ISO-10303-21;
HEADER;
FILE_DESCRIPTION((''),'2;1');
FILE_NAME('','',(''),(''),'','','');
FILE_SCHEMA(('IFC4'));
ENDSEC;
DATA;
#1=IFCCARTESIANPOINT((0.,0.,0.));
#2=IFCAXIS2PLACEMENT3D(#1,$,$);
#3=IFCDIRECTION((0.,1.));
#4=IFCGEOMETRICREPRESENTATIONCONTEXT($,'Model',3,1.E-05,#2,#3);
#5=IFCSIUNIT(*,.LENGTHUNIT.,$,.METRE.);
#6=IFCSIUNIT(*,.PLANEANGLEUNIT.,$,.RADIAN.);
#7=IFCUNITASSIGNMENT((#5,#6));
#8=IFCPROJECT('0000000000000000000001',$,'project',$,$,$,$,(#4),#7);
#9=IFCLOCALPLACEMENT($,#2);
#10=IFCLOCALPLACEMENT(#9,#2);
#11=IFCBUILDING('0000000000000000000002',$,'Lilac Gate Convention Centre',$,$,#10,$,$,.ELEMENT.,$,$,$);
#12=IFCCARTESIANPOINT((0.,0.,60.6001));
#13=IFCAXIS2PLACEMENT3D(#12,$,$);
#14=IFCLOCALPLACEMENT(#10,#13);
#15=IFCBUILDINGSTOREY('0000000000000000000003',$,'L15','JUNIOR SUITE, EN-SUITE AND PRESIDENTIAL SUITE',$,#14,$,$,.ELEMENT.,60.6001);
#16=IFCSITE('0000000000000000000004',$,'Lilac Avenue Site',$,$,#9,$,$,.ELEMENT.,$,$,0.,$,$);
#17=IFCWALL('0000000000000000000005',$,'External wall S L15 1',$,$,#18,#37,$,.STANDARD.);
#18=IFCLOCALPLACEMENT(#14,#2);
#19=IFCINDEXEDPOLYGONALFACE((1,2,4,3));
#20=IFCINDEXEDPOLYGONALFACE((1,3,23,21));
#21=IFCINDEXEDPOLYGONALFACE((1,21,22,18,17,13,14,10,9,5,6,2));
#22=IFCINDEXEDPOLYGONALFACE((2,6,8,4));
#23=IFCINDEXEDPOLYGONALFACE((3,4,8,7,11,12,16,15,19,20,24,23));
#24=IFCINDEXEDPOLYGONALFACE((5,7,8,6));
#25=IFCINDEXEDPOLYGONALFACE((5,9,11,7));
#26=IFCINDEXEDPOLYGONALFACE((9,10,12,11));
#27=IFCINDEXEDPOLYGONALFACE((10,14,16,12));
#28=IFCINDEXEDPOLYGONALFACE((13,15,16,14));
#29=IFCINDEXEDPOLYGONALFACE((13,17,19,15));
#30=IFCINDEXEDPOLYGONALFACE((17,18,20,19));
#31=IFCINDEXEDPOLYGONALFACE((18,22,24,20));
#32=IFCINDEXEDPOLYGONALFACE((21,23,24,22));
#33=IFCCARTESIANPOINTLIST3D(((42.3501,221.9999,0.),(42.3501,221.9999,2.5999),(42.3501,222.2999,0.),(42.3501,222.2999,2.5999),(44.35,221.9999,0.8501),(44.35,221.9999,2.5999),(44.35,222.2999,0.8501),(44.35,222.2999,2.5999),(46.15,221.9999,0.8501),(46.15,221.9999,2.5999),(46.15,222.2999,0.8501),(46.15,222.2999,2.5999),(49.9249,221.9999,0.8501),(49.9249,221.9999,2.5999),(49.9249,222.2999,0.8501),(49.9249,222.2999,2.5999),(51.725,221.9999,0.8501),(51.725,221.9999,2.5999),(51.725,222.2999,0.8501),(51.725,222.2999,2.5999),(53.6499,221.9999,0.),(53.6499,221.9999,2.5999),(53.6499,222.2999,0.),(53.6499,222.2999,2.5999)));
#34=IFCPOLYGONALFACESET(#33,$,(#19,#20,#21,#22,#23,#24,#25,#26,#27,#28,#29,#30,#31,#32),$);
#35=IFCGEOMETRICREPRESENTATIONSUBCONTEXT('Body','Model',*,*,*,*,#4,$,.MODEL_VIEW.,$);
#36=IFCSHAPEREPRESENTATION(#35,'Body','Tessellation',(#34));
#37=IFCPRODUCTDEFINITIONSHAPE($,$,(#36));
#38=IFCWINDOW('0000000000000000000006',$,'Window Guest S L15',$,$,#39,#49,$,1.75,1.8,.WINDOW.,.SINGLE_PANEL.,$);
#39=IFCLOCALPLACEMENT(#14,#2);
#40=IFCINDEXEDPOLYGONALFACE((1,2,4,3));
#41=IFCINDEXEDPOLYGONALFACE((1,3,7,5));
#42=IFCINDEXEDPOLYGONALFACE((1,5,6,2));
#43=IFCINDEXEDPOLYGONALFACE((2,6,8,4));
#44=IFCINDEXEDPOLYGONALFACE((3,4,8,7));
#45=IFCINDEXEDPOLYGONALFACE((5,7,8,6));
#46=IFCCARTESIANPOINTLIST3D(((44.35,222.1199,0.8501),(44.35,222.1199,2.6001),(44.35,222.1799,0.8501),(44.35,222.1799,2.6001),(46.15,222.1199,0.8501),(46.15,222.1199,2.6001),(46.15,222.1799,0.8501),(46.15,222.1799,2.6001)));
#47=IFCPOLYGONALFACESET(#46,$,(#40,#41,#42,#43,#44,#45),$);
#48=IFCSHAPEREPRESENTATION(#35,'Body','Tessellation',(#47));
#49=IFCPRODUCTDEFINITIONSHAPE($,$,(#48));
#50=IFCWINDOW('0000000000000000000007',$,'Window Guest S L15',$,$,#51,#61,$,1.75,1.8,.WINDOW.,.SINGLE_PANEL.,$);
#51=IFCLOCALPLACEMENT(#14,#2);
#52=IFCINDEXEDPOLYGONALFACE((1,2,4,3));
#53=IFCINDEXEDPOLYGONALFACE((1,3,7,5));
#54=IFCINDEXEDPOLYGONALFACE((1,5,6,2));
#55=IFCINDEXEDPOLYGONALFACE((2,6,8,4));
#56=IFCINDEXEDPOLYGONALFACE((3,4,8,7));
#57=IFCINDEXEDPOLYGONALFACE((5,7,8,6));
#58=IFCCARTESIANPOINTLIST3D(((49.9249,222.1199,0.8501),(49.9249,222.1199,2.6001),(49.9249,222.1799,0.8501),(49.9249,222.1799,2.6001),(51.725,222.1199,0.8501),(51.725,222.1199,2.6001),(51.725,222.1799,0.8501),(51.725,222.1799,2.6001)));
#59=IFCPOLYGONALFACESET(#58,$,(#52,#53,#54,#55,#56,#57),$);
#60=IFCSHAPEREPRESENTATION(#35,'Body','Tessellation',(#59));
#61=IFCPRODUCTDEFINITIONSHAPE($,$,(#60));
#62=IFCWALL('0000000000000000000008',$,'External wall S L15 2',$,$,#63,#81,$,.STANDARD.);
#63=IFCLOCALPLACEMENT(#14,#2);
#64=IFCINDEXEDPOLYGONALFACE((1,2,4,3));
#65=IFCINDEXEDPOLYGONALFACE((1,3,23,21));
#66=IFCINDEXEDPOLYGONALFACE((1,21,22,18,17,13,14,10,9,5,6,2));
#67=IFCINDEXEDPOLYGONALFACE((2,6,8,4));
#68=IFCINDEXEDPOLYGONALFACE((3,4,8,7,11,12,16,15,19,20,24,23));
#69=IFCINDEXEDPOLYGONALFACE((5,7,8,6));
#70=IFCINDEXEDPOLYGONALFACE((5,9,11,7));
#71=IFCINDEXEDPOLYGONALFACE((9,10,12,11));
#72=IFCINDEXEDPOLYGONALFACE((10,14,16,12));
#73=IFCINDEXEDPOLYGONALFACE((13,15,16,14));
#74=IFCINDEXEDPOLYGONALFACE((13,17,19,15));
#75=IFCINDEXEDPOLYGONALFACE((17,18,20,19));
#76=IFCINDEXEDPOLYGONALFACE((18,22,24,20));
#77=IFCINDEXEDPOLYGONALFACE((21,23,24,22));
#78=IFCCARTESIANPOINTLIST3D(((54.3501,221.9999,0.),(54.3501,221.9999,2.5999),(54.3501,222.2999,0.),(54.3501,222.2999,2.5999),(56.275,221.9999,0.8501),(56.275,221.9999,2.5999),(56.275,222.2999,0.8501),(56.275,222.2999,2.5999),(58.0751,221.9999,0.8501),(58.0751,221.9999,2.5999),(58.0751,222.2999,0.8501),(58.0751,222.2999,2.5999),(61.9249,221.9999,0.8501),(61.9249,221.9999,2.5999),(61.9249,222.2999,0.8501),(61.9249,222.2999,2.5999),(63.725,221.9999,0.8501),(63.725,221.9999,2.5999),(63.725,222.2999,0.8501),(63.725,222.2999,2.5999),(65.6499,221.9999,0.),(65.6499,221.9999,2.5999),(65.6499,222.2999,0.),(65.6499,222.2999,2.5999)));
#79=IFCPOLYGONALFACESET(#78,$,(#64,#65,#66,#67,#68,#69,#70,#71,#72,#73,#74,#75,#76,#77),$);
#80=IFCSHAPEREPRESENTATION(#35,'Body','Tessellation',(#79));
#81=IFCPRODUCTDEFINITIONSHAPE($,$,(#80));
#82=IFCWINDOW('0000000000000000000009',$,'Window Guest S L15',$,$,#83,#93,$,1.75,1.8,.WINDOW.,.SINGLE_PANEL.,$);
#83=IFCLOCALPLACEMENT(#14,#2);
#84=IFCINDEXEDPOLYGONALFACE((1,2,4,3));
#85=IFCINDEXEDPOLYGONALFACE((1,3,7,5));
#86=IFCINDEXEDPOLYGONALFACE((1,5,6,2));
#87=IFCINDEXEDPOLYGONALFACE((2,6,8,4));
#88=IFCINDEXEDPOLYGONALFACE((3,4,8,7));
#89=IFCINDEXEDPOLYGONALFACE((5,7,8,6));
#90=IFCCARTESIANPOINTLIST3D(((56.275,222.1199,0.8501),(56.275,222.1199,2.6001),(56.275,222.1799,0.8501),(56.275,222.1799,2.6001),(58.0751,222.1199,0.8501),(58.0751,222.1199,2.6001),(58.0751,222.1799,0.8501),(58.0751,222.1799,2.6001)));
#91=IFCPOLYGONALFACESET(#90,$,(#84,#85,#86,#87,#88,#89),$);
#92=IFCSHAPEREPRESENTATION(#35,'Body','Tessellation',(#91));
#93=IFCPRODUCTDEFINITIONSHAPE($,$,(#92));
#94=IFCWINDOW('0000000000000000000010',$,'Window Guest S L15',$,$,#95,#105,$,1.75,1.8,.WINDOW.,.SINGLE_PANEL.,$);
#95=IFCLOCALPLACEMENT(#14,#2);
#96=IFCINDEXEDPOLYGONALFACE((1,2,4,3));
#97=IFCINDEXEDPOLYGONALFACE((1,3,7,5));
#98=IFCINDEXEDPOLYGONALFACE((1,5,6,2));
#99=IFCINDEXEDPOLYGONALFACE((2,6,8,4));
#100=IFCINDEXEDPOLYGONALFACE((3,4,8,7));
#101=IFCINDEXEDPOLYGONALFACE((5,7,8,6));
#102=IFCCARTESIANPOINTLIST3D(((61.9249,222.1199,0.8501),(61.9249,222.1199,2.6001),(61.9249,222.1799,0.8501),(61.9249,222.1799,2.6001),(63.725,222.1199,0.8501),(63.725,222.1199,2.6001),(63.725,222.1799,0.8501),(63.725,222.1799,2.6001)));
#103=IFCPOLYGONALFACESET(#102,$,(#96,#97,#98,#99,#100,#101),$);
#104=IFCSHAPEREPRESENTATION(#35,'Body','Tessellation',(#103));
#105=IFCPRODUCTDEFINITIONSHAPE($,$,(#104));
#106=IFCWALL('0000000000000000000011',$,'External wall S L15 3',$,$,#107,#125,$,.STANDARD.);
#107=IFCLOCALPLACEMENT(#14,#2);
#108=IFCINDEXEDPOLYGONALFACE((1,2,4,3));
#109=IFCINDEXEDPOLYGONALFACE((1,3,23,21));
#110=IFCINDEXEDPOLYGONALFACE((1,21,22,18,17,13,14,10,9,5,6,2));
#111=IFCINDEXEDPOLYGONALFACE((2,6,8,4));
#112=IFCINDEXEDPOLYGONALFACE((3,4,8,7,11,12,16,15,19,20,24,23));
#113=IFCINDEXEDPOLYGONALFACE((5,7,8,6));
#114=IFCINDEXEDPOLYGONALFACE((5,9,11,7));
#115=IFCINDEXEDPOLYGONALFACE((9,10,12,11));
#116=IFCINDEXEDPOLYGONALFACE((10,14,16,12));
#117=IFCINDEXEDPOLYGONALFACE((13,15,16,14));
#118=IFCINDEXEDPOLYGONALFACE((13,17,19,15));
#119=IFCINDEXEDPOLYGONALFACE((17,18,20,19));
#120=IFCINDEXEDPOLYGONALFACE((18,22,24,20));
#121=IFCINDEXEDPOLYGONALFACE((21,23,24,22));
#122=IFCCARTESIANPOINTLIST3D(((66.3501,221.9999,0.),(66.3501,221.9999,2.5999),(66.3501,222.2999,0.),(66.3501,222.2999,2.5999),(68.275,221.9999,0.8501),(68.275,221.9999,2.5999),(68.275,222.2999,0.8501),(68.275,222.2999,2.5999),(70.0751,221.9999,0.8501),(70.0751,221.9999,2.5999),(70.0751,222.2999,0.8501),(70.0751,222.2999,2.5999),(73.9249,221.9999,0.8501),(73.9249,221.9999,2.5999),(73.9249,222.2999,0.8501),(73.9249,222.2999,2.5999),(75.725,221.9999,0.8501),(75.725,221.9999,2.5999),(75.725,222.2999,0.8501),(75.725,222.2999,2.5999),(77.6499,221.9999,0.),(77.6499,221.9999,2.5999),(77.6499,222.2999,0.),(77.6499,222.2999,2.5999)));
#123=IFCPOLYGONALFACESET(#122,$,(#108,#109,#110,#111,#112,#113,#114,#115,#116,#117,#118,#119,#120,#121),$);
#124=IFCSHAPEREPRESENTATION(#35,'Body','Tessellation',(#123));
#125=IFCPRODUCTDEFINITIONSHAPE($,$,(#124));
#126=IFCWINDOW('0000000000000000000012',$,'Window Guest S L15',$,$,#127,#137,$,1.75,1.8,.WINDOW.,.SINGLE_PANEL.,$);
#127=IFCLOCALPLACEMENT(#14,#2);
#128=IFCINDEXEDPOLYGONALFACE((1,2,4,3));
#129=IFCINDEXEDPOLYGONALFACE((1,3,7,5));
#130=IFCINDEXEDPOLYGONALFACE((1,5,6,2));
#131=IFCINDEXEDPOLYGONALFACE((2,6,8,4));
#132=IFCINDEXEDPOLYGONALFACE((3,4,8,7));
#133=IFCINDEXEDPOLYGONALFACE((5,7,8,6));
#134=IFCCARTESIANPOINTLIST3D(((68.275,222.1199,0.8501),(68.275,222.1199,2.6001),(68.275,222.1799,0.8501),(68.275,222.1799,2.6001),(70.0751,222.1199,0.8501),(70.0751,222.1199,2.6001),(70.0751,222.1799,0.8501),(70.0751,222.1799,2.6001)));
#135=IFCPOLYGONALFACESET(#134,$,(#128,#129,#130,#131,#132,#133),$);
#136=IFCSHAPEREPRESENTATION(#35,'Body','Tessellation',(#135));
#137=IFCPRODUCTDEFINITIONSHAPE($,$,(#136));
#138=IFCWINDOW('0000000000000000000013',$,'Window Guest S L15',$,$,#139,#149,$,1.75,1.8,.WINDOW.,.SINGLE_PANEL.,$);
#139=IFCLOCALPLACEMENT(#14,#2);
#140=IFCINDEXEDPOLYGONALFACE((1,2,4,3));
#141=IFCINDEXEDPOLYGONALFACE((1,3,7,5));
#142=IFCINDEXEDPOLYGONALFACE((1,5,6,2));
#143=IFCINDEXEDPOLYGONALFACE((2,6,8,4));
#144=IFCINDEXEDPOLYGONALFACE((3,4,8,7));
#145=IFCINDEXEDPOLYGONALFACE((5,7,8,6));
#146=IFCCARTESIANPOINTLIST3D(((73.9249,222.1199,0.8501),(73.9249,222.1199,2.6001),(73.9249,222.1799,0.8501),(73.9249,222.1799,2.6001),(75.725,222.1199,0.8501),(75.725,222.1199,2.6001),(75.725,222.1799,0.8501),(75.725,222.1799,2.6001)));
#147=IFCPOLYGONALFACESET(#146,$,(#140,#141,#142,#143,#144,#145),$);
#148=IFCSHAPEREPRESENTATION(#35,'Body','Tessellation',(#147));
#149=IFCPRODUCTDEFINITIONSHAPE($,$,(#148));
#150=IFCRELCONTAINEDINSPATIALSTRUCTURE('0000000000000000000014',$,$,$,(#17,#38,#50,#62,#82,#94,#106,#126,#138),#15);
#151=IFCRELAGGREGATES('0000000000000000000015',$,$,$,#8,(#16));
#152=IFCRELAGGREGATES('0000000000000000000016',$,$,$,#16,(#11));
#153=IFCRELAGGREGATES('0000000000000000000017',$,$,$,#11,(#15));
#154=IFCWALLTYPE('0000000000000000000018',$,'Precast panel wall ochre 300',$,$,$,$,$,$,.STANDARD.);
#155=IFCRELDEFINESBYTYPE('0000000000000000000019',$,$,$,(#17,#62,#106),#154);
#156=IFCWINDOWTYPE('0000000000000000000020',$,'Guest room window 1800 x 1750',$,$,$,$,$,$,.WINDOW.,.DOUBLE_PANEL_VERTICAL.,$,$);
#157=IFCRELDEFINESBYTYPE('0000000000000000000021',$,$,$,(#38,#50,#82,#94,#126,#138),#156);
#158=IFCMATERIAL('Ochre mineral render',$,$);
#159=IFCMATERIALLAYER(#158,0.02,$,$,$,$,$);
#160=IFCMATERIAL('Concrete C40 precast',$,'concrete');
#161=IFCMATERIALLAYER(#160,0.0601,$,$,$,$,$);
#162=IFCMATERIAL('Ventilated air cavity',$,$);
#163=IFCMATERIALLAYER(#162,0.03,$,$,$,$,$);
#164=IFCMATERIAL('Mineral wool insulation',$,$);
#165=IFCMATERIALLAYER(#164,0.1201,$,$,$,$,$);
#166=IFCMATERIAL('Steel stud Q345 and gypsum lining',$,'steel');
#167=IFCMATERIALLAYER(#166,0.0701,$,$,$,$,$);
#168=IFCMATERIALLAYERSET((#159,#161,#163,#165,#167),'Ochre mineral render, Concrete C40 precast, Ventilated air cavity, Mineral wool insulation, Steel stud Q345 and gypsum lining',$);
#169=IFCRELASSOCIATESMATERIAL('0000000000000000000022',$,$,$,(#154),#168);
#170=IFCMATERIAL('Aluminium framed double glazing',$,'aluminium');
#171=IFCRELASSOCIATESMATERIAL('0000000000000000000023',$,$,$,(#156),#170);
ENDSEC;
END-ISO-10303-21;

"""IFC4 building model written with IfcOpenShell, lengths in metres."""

from ifc_helpers import new_model, si_unit, direction, frame, frame_2d, origin, place, context, subcontext, project, spatial, rectangle, extrude, material, layer, layer_set, type_object, element, fill, save


model = new_model("IFC4")

# Units and contexts
model_context = context("Model", 3, precision=1e-05, world=origin(), true_north=direction((0.0, 1.0)))
body_context = subcontext(model_context, "Body", "Model", "MODEL_VIEW")
ifc_project = project(units=[si_unit("LENGTHUNIT", "METRE"), si_unit("PLANEANGLEUNIT", "RADIAN")], contexts=[model_context])

# Site, building, storey
site_placement = place(None, origin())
site = spatial("IfcSite", under=ifc_project, at=site_placement, Name="Lilac Avenue Site", CompositionType="ELEMENT", RefElevation=0.0)
building_placement = place(site_placement, origin())
building = spatial("IfcBuilding", under=site, at=building_placement, Name="Lilac Gate Convention Centre", CompositionType="ELEMENT")
storey_placement = place(building_placement, frame((0.0, 0.0, 60.6001)))
storey = spatial("IfcBuildingStorey", under=building, at=storey_placement, Name="L15", Description="JUNIOR SUITE, EN-SUITE AND PRESIDENTIAL SUITE", CompositionType="ELEMENT", Elevation=60.6001)

# Shared definitions
ifc_material_1 = material(Name="Concrete C40 precast", Category="concrete")

# Walls, openings, windows
ifc_material_2 = material(Name="Ochre mineral render")
ifc_layer_1 = layer(ifc_material_2, 0.02)
ifc_layer_2 = layer(ifc_material_1, 0.0601)
ifc_material_3 = material(Name="Ventilated air cavity")
ifc_layer_3 = layer(ifc_material_3, 0.03)
ifc_material_4 = material(Name="Mineral wool insulation")
ifc_layer_4 = layer(ifc_material_4, 0.1201)
ifc_material_5 = material(Name="Steel stud Q345 and gypsum lining", Category="steel")
ifc_layer_5 = layer(ifc_material_5, 0.0701)
ifc_layer_set_1 = layer_set([ifc_layer_1, ifc_layer_2, ifc_layer_3, ifc_layer_4, ifc_layer_5], Name="Ochre mineral render, Concrete C40 precast, Ventilated air cavity, Mineral wool insulation, Steel stud Q345 and gypsum lining")
wall_type_1 = type_object("IfcWallType", Name="Precast panel wall ochre 300", PredefinedType="STANDARD", material=ifc_layer_set_1)
wall_1_placement = place(storey_placement, frame((42.3501, 222.1499, 0.0), z_axis=(0.0, 0.0, 1.0), x_axis=(1.0, 0.0, 0.0)))
wall_1 = element("IfcWall", 1, at=wall_1_placement, inside=storey, type_object=wall_type_1, Name="External wall S L15 1", PredefinedType="STANDARD", context=body_context, shape_type="SweptSolid", body=[
    extrude(rectangle(XDim=11.2998, YDim=0.3, at=frame_2d((5.6499, 0.0))), origin(), (0.0, 0.0, 1.0), 2.5999),
])
opening_1_placement = place(wall_1_placement, frame((2.0, 0.0, 0.8501)))
opening_1 = element("IfcOpeningElement", 2, at=opening_1_placement, cuts=wall_1, PredefinedType="OPENING", context=body_context, shape_type="SweptSolid", body=[
    extrude(rectangle(XDim=1.8, YDim=1.75, at=frame_2d((0.8999, 0.875))), frame((0.0, 0.1599, 0.0), z_axis=(0.0, -1.0, 0.0), x_axis=(1.0, 0.0, 0.0)), (0.0, 0.0, 1.0), 0.3201),
])
opening_2_placement = place(wall_1_placement, frame((7.575, 0.0, 0.8501)))
opening_2 = element("IfcOpeningElement", 3, at=opening_2_placement, cuts=wall_1, PredefinedType="OPENING", context=body_context, shape_type="SweptSolid", body=[
    extrude(rectangle(XDim=1.8, YDim=1.75, at=frame_2d((0.8999, 0.875))), frame((0.0, 0.1599, 0.0), z_axis=(0.0, -1.0, 0.0), x_axis=(1.0, 0.0, 0.0)), (0.0, 0.0, 1.0), 0.3201),
])
ifc_material_6 = material(Name="Aluminium framed double glazing", Category="aluminium")
window_type = type_object("IfcWindowType", Name="Guest room window 1800 x 1750", PartitioningType="DOUBLE_PANEL_VERTICAL", PredefinedType="WINDOW", material=ifc_material_6)
window_1_placement = place(opening_1_placement, origin())
window_1 = element("IfcWindow", 4, at=window_1_placement, inside=storey, type_object=window_type, Name="Window Guest S L15", OverallHeight=1.75, OverallWidth=1.8, PartitioningType="SINGLE_PANEL", PredefinedType="WINDOW", context=body_context, shape_type="SweptSolid", body=[
    extrude(rectangle(XDim=1.8, YDim=1.75, at=frame_2d((0.8999, 0.875))), frame((0.0, 0.03, 0.0), z_axis=(0.0, -1.0, 0.0), x_axis=(1.0, 0.0, 0.0)), (0.0, 0.0, 1.0), 0.0601),
])
fill(opening_1, window_1)
window_2_placement = place(opening_2_placement, origin())
window_2 = element("IfcWindow", 5, at=window_2_placement, inside=storey, type_object=window_type, Name="Window Guest S L15", OverallHeight=1.75, OverallWidth=1.8, PartitioningType="SINGLE_PANEL", PredefinedType="WINDOW", context=body_context, shape_type="SweptSolid", body=[
    extrude(rectangle(XDim=1.8, YDim=1.75, at=frame_2d((0.8999, 0.875))), frame((0.0, 0.03, 0.0), z_axis=(0.0, -1.0, 0.0), x_axis=(1.0, 0.0, 0.0)), (0.0, 0.0, 1.0), 0.0601),
])
fill(opening_2, window_2)
wall_2_placement = place(storey_placement, frame((54.3501, 222.1499, 0.0), z_axis=(0.0, 0.0, 1.0), x_axis=(1.0, 0.0, 0.0)))
wall_2 = element("IfcWall", 6, at=wall_2_placement, inside=storey, type_object=wall_type_1, Name="External wall S L15 2", PredefinedType="STANDARD", context=body_context, shape_type="SweptSolid", body=[
    extrude(rectangle(XDim=11.2998, YDim=0.3, at=frame_2d((5.6499, 0.0))), origin(), (0.0, 0.0, 1.0), 2.5999),
])
opening_3_placement = place(wall_2_placement, frame((1.925, 0.0, 0.8501)))
opening_3 = element("IfcOpeningElement", 7, at=opening_3_placement, cuts=wall_2, PredefinedType="OPENING", context=body_context, shape_type="SweptSolid", body=[
    extrude(rectangle(XDim=1.8, YDim=1.75, at=frame_2d((0.8999, 0.875))), frame((0.0, 0.1599, 0.0), z_axis=(0.0, -1.0, 0.0), x_axis=(1.0, 0.0, 0.0)), (0.0, 0.0, 1.0), 0.3201),
])
opening_4_placement = place(wall_2_placement, frame((7.575, 0.0, 0.8501)))
opening_4 = element("IfcOpeningElement", 8, at=opening_4_placement, cuts=wall_2, PredefinedType="OPENING", context=body_context, shape_type="SweptSolid", body=[
    extrude(rectangle(XDim=1.8, YDim=1.75, at=frame_2d((0.8999, 0.875))), frame((0.0, 0.1599, 0.0), z_axis=(0.0, -1.0, 0.0), x_axis=(1.0, 0.0, 0.0)), (0.0, 0.0, 1.0), 0.3201),
])
window_3_placement = place(opening_3_placement, origin())
window_3 = element("IfcWindow", 9, at=window_3_placement, inside=storey, type_object=window_type, Name="Window Guest S L15", OverallHeight=1.75, OverallWidth=1.8, PartitioningType="SINGLE_PANEL", PredefinedType="WINDOW", context=body_context, shape_type="SweptSolid", body=[
    extrude(rectangle(XDim=1.8, YDim=1.75, at=frame_2d((0.8999, 0.875))), frame((0.0, 0.03, 0.0), z_axis=(0.0, -1.0, 0.0), x_axis=(1.0, 0.0, 0.0)), (0.0, 0.0, 1.0), 0.0601),
])
fill(opening_3, window_3)
window_4_placement = place(opening_4_placement, origin())
window_4 = element("IfcWindow", 10, at=window_4_placement, inside=storey, type_object=window_type, Name="Window Guest S L15", OverallHeight=1.75, OverallWidth=1.8, PartitioningType="SINGLE_PANEL", PredefinedType="WINDOW", context=body_context, shape_type="SweptSolid", body=[
    extrude(rectangle(XDim=1.8, YDim=1.75, at=frame_2d((0.8999, 0.875))), frame((0.0, 0.03, 0.0), z_axis=(0.0, -1.0, 0.0), x_axis=(1.0, 0.0, 0.0)), (0.0, 0.0, 1.0), 0.0601),
])
fill(opening_4, window_4)
wall_3_placement = place(storey_placement, frame((66.3501, 222.1499, 0.0), z_axis=(0.0, 0.0, 1.0), x_axis=(1.0, 0.0, 0.0)))
wall_3 = element("IfcWall", 11, at=wall_3_placement, inside=storey, type_object=wall_type_1, Name="External wall S L15 3", PredefinedType="STANDARD", context=body_context, shape_type="SweptSolid", body=[
    extrude(rectangle(XDim=11.2998, YDim=0.3, at=frame_2d((5.6499, 0.0))), origin(), (0.0, 0.0, 1.0), 2.5999),
])
opening_5_placement = place(wall_3_placement, frame((1.925, 0.0, 0.8501)))
opening_5 = element("IfcOpeningElement", 12, at=opening_5_placement, cuts=wall_3, PredefinedType="OPENING", context=body_context, shape_type="SweptSolid", body=[
    extrude(rectangle(XDim=1.8, YDim=1.75, at=frame_2d((0.8999, 0.875))), frame((0.0, 0.1599, 0.0), z_axis=(0.0, -1.0, 0.0), x_axis=(1.0, 0.0, 0.0)), (0.0, 0.0, 1.0), 0.3201),
])
opening_6_placement = place(wall_3_placement, frame((7.575, 0.0, 0.8501)))
opening_6 = element("IfcOpeningElement", 13, at=opening_6_placement, cuts=wall_3, PredefinedType="OPENING", context=body_context, shape_type="SweptSolid", body=[
    extrude(rectangle(XDim=1.8, YDim=1.75, at=frame_2d((0.8999, 0.875))), frame((0.0, 0.1599, 0.0), z_axis=(0.0, -1.0, 0.0), x_axis=(1.0, 0.0, 0.0)), (0.0, 0.0, 1.0), 0.3201),
])
window_5_placement = place(opening_5_placement, origin())
window_5 = element("IfcWindow", 14, at=window_5_placement, inside=storey, type_object=window_type, Name="Window Guest S L15", OverallHeight=1.75, OverallWidth=1.8, PartitioningType="SINGLE_PANEL", PredefinedType="WINDOW", context=body_context, shape_type="SweptSolid", body=[
    extrude(rectangle(XDim=1.8, YDim=1.75, at=frame_2d((0.8999, 0.875))), frame((0.0, 0.03, 0.0), z_axis=(0.0, -1.0, 0.0), x_axis=(1.0, 0.0, 0.0)), (0.0, 0.0, 1.0), 0.0601),
])
fill(opening_5, window_5)
window_6_placement = place(opening_6_placement, origin())
window_6 = element("IfcWindow", 15, at=window_6_placement, inside=storey, type_object=window_type, Name="Window Guest S L15", OverallHeight=1.75, OverallWidth=1.8, PartitioningType="SINGLE_PANEL", PredefinedType="WINDOW", context=body_context, shape_type="SweptSolid", body=[
    extrude(rectangle(XDim=1.8, YDim=1.75, at=frame_2d((0.8999, 0.875))), frame((0.0, 0.03, 0.0), z_axis=(0.0, -1.0, 0.0), x_axis=(1.0, 0.0, 0.0)), (0.0, 0.0, 1.0), 0.0601),
])
fill(opening_6, window_6)

save(model, "model.ifc")
